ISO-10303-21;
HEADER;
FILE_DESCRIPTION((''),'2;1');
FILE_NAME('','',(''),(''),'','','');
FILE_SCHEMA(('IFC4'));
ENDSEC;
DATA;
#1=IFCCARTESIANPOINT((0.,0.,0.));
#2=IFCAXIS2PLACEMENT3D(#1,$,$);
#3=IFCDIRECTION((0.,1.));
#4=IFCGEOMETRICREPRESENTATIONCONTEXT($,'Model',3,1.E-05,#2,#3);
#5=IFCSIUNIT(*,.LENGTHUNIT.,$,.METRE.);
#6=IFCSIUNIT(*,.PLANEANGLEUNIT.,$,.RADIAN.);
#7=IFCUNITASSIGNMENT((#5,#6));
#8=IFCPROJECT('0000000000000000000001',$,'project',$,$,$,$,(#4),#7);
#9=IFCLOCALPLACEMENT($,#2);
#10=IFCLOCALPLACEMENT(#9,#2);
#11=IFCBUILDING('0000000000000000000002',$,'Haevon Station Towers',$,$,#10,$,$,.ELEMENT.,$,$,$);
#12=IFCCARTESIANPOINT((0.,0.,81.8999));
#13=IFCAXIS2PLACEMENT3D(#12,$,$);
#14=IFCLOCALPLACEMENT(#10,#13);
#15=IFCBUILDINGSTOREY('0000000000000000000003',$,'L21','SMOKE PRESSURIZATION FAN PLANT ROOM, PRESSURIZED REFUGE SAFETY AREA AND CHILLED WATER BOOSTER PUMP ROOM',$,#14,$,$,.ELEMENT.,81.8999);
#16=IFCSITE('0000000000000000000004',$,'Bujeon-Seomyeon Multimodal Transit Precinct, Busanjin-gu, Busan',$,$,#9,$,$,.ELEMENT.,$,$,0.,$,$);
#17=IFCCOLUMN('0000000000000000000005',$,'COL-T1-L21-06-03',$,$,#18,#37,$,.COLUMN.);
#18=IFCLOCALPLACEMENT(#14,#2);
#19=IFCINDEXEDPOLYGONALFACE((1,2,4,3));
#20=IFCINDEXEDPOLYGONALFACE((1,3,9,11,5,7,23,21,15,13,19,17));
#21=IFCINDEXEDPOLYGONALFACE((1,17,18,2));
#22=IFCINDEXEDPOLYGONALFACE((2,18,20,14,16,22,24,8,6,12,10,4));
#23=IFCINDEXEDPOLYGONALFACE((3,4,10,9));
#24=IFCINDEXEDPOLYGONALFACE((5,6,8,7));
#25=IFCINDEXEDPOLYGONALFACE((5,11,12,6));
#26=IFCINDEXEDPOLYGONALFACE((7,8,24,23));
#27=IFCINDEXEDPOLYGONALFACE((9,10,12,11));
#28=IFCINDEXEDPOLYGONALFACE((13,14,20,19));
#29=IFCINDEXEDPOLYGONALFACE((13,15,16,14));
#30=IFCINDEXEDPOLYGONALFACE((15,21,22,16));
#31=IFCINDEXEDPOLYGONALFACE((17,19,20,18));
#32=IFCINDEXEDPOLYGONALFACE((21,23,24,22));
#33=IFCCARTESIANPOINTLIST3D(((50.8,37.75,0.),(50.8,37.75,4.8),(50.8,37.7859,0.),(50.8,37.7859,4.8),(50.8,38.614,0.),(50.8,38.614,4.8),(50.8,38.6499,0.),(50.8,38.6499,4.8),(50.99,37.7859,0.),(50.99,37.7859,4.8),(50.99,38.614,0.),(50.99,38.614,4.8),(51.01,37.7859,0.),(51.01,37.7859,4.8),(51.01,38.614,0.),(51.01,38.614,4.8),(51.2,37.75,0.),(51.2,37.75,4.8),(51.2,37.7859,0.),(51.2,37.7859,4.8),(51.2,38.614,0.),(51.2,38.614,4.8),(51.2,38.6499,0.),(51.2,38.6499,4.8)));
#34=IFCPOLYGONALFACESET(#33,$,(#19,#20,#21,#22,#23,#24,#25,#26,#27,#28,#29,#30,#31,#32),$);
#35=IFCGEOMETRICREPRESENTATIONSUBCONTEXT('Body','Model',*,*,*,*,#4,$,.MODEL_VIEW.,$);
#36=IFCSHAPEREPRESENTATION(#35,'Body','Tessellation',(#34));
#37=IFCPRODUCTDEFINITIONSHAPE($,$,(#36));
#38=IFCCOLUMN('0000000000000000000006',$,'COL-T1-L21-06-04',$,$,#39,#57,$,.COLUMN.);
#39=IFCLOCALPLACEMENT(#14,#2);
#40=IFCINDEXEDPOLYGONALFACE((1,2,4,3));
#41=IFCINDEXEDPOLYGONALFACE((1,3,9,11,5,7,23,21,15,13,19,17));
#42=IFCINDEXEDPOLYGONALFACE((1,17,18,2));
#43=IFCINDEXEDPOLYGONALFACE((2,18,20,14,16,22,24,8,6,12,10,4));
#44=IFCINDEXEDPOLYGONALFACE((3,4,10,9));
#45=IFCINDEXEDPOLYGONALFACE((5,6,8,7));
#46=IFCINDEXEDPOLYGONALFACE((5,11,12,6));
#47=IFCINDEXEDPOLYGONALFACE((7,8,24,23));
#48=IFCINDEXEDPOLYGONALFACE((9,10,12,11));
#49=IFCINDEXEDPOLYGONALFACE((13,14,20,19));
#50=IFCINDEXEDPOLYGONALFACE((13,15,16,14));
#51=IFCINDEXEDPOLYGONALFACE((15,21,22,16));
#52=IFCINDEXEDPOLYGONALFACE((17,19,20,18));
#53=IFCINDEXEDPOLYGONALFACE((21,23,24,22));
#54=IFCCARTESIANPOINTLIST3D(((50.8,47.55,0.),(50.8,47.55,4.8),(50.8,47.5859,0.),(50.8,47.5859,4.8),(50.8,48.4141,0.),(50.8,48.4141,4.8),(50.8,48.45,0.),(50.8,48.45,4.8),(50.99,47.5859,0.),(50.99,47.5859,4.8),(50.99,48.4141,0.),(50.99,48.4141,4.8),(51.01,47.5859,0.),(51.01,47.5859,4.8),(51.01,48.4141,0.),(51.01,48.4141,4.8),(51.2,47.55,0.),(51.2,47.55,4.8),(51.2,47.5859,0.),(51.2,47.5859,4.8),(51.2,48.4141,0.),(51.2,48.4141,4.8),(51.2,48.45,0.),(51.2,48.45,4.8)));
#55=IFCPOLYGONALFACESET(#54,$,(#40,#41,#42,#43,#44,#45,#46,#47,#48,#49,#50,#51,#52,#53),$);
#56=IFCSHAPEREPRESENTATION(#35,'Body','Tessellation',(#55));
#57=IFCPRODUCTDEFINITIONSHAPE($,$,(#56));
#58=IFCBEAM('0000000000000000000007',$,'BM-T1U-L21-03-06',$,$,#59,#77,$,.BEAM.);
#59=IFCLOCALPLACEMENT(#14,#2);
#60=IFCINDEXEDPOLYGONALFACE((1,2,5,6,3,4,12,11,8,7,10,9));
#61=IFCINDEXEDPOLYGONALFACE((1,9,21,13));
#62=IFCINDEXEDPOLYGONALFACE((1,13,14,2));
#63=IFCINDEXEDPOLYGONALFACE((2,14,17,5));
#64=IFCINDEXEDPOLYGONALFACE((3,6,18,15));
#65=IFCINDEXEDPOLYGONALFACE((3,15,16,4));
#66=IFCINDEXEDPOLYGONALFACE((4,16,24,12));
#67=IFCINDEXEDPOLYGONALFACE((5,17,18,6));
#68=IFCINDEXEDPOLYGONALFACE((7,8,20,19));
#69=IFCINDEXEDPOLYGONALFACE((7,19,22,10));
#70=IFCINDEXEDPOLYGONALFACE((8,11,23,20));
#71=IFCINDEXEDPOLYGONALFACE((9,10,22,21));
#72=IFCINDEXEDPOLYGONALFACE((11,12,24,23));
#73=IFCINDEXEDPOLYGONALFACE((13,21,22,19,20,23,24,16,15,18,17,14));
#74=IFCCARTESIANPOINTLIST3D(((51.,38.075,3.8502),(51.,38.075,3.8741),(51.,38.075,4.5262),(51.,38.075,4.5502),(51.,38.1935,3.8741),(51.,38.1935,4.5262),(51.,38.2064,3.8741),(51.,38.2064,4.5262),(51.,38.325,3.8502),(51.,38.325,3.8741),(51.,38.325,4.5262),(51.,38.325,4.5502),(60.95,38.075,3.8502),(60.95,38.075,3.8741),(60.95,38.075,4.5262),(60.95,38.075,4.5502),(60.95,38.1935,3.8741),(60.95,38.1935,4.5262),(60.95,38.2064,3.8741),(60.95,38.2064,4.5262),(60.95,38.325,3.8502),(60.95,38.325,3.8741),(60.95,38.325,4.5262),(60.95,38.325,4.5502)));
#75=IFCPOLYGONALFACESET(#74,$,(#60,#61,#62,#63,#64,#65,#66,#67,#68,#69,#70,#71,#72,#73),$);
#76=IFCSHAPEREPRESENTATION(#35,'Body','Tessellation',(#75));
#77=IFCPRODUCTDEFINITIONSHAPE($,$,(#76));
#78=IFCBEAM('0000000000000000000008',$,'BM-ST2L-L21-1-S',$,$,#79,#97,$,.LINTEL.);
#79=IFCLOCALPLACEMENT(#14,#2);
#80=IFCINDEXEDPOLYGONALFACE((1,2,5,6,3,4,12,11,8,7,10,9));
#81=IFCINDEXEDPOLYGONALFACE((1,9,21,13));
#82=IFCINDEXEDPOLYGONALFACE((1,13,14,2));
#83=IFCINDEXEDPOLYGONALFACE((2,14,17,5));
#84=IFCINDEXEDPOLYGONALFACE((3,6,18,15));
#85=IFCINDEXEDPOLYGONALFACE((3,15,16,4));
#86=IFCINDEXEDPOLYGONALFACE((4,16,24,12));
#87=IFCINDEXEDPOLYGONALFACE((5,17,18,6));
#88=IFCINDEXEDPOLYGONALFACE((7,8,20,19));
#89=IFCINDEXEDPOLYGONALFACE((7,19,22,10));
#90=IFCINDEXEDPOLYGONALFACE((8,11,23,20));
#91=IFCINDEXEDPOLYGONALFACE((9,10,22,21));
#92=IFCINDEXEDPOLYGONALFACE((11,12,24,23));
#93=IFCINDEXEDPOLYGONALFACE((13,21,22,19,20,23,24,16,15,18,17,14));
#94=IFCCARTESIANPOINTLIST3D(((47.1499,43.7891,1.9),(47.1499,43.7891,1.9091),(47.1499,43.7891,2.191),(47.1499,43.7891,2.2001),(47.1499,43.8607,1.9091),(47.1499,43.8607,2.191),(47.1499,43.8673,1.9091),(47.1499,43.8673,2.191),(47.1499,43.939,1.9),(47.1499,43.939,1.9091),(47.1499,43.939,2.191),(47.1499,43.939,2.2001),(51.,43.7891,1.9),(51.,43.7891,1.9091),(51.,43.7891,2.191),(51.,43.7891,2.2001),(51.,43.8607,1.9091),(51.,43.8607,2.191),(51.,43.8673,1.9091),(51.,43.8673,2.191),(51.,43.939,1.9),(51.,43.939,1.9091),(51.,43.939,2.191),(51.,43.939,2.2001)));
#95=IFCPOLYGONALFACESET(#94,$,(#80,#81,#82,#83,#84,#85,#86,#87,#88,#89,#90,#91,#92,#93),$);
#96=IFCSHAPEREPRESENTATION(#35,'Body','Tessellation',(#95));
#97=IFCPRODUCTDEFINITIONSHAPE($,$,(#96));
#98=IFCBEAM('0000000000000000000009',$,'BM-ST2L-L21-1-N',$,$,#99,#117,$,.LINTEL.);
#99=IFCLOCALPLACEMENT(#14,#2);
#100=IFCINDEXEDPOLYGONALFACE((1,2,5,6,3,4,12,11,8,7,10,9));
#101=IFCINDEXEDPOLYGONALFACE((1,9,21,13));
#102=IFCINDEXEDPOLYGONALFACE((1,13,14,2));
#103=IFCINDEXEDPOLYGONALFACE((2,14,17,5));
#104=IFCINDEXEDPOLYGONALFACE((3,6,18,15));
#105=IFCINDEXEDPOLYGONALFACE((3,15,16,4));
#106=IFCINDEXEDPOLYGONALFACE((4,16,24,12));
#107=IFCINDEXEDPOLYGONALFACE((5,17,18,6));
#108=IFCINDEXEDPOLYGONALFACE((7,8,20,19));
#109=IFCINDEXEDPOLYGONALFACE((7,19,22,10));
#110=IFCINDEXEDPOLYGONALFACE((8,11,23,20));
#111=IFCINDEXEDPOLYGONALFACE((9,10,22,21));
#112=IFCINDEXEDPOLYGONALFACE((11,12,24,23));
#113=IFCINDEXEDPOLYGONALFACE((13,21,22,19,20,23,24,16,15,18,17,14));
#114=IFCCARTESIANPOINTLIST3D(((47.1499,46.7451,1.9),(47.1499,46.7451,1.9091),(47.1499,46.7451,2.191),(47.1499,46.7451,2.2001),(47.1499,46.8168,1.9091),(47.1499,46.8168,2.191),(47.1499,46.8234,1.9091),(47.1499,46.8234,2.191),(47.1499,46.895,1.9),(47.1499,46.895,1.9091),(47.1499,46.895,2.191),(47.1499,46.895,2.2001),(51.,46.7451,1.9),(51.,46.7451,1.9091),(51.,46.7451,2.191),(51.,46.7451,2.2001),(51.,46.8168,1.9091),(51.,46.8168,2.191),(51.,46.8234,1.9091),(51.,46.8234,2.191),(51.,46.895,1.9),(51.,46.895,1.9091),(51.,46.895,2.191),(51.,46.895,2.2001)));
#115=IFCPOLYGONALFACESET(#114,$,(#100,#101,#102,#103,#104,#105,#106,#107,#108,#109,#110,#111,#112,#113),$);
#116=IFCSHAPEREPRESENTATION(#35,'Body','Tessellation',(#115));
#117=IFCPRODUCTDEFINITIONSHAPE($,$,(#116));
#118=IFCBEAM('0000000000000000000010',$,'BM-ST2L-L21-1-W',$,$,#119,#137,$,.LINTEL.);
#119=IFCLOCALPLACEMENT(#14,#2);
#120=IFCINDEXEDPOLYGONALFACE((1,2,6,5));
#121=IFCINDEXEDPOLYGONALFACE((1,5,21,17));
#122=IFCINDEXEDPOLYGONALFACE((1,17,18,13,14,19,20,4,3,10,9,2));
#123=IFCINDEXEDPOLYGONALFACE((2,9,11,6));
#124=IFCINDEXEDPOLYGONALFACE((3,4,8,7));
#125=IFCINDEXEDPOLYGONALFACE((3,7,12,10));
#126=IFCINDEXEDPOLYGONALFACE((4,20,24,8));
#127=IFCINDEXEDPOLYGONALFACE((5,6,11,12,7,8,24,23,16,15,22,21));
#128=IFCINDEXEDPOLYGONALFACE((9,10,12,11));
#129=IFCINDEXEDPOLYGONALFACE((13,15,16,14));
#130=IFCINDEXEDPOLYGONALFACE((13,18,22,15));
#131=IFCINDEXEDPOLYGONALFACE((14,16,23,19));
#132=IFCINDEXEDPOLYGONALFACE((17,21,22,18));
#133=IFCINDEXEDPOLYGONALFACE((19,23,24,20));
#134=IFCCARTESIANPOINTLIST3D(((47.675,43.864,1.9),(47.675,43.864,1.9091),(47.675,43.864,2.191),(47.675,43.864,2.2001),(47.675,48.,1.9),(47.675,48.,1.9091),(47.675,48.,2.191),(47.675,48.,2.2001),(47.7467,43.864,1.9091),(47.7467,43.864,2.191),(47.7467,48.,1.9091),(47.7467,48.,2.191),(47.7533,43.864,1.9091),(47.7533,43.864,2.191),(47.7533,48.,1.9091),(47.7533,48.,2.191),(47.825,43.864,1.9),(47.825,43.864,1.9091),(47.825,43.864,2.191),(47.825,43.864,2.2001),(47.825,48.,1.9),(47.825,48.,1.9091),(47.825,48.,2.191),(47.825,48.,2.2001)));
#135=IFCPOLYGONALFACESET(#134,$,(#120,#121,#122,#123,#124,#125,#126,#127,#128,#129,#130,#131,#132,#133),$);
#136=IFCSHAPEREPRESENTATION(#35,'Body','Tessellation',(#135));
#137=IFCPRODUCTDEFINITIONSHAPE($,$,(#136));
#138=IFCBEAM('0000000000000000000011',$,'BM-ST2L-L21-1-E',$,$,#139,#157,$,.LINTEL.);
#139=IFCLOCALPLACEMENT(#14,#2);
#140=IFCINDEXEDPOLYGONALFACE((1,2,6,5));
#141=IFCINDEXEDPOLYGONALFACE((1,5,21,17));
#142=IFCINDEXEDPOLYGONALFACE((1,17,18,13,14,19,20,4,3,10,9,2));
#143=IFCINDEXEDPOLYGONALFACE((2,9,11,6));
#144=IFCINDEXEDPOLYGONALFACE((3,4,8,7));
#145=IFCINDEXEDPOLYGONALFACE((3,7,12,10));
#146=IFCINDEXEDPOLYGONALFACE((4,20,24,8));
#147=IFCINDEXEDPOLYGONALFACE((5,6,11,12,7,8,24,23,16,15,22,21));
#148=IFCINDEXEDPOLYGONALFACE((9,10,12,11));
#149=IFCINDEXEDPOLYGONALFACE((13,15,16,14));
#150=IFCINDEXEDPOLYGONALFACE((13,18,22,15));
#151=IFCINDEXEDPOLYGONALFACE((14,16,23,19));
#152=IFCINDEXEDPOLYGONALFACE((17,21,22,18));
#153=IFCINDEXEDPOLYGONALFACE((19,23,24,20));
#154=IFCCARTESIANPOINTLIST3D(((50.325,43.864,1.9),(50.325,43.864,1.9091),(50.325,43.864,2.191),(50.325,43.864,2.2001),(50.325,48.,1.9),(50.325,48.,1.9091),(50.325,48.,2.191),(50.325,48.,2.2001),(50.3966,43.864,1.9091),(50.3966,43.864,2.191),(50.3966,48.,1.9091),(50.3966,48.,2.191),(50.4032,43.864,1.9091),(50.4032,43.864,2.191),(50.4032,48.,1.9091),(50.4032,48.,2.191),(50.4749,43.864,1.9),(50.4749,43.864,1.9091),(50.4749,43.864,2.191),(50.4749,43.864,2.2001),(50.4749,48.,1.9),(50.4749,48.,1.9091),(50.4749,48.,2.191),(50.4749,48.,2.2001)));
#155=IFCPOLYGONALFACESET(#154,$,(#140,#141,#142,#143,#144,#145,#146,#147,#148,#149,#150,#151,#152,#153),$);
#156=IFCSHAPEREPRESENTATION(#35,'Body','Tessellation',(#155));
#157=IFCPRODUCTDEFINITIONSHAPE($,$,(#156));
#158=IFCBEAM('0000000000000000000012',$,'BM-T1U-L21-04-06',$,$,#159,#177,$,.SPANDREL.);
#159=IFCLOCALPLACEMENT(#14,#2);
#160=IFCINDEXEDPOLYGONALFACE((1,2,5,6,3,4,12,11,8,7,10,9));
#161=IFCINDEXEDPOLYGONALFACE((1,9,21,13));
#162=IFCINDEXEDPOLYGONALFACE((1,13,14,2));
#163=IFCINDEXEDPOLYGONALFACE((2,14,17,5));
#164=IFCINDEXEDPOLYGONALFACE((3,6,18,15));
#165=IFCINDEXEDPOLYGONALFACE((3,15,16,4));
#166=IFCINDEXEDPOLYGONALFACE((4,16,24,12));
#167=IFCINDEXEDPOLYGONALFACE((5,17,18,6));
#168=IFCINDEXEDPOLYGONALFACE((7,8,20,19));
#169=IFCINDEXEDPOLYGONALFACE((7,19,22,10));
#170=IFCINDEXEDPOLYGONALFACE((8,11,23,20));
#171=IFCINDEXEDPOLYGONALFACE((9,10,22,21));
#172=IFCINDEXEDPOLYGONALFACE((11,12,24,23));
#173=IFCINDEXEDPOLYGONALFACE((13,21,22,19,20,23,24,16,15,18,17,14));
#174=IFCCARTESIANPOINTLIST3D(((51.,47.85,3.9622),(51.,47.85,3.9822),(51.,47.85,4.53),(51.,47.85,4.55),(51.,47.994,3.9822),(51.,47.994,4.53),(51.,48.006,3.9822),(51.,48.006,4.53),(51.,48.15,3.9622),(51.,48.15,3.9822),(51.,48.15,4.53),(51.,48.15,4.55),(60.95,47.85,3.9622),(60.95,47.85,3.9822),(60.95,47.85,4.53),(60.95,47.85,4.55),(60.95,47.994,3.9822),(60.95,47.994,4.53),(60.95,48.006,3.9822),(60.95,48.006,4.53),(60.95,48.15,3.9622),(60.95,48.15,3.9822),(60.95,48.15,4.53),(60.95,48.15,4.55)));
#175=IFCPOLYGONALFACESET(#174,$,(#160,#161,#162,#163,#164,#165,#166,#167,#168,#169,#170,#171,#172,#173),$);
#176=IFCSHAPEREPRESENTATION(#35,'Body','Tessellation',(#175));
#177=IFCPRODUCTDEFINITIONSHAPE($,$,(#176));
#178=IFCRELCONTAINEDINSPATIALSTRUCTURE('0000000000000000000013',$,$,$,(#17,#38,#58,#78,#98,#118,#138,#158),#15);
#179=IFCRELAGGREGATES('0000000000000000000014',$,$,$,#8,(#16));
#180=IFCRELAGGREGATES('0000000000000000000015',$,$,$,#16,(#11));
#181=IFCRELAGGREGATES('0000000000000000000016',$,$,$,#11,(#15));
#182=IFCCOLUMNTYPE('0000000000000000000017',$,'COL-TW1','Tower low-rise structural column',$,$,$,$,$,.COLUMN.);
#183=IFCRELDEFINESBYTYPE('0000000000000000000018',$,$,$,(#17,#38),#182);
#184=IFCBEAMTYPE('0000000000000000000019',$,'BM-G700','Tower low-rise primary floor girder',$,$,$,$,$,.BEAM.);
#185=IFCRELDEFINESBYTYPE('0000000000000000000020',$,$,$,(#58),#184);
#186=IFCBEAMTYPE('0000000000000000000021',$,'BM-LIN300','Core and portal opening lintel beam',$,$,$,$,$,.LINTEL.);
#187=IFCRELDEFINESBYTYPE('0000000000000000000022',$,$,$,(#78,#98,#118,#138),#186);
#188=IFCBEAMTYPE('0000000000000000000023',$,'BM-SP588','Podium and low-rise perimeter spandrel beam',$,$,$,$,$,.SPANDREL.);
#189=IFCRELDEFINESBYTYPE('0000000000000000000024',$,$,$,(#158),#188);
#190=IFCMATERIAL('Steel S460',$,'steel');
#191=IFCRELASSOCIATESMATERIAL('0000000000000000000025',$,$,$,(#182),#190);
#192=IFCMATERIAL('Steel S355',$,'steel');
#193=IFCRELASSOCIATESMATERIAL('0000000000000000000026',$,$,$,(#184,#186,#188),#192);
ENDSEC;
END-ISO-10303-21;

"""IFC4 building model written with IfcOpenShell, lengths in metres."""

from ifc_helpers import new_model, si_unit, direction, frame, origin, origin_2d, place, context, subcontext, project, spatial, i_section, extrude, material, material_profile, profile_set, type_object, element, save


model = new_model("IFC4")

# Units and contexts
model_context = context("Model", 3, precision=1e-05, world=origin(), true_north=direction((0.0, 1.0)))
body_context = subcontext(model_context, "Body", "Model", "MODEL_VIEW")
ifc_project = project(units=[si_unit("LENGTHUNIT", "METRE"), si_unit("PLANEANGLEUNIT", "RADIAN")], contexts=[model_context])

# Site, building, storey
site_placement = place(None, origin())
site = spatial("IfcSite", under=ifc_project, at=site_placement, Name="Bujeon-Seomyeon Multimodal Transit Precinct, Busanjin-gu, Busan", CompositionType="ELEMENT", RefElevation=0.0)
building_placement = place(site_placement, origin())
building = spatial("IfcBuilding", under=site, at=building_placement, Name="Haevon Station Towers", CompositionType="ELEMENT")
storey_placement = place(building_placement, frame((0.0, 0.0, 81.8999)))
storey = spatial("IfcBuildingStorey", under=building, at=storey_placement, Name="L21", Description="SMOKE PRESSURIZATION FAN PLANT ROOM, PRESSURIZED REFUGE SAFETY AREA AND CHILLED WATER BOOSTER PUMP ROOM", CompositionType="ELEMENT", Elevation=81.8999)

# Columns
ifc_material_1 = material(Name="Steel S460", Category="steel")
ifc_material_profile_1 = material_profile(ifc_material_1, i_section(OverallWidth=0.3999, OverallDepth=0.8999, WebThickness=0.02, FlangeThickness=0.0359, at=origin_2d()), Name="H-900x400x20x36")
ifc_profile_set_1 = profile_set([ifc_material_profile_1], Name="Steel S460")
column_type = type_object("IfcColumnType", Name="COL-TW1", Description="Tower low-rise structural column", PredefinedType="COLUMN", material=ifc_profile_set_1)
for number, where, z_axis, x_axis, name in (
    (1, (51.0, 38.2, 0.0), (0.0, 0.0, 1.0), (1.0, 0.0, 0.0), "COL-T1-L21-06-03"),
    (2, (51.0, 48.0, 0.0), (0.0, 0.0, 1.0), (1.0, 0.0, 0.0), "COL-T1-L21-06-04"),
):
    element("IfcColumn", number, at=place(storey_placement, frame(where, z_axis=z_axis, x_axis=x_axis)), inside=storey, type_object=column_type, Name=name, PredefinedType="COLUMN", context=body_context, shape_type="SweptSolid", body=[
        extrude(i_section(OverallWidth=0.3999, OverallDepth=0.8999, WebThickness=0.02, FlangeThickness=0.0359, at=origin_2d()), origin(), (0.0, 0.0, 1.0), 4.8),
    ])

# Beams
ifc_material_2 = material(Name="Steel S355", Category="steel")
ifc_material_profile_2 = material_profile(ifc_material_2, i_section(OverallWidth=0.25, OverallDepth=0.7, WebThickness=0.0129, FlangeThickness=0.0239, at=origin_2d()), Name="H-700x250x13x24")
ifc_profile_set_2 = profile_set([ifc_material_profile_2], Name="Steel S355")
beam_type_1 = type_object("IfcBeamType", Name="BM-G700", Description="Tower low-rise primary floor girder", PredefinedType="BEAM", material=ifc_profile_set_2)
beam_1_placement = place(storey_placement, frame((51.0, 38.2, 4.2002), z_axis=(1.0, 0.0, 0.0), x_axis=(0.0, 1.0, 0.0)))
element("IfcBeam", 3, at=beam_1_placement, inside=storey, type_object=beam_type_1, Name="BM-T1U-L21-03-06", PredefinedType="BEAM", context=body_context, shape_type="SweptSolid", body=[
    extrude(i_section(OverallWidth=0.25, OverallDepth=0.7, WebThickness=0.0129, FlangeThickness=0.0239, at=origin_2d()), origin(), (0.0, 0.0, 1.0), 9.95),
])
ifc_material_profile_3 = material_profile(ifc_material_2, i_section(OverallWidth=0.1499, OverallDepth=0.3, WebThickness=0.0066, FlangeThickness=0.009, at=origin_2d()), Name="H-300x150x6.5x9")
ifc_profile_set_3 = profile_set([ifc_material_profile_3], Name="Steel S355")
beam_type_2 = type_object("IfcBeamType", Name="BM-LIN300", Description="Core and portal opening lintel beam", PredefinedType="LINTEL", material=ifc_profile_set_3)
for number, where, z_axis, x_axis, name in (
    (4, (47.1499, 43.864, 2.05), (1.0, 0.0, 0.0), (0.0, 1.0, 0.0), "BM-ST2L-L21-1-S"),
    (5, (47.1499, 46.8201, 2.05), (1.0, 0.0, 0.0), (0.0, 1.0, 0.0), "BM-ST2L-L21-1-N"),
):
    element("IfcBeam", number, at=place(storey_placement, frame(where, z_axis=z_axis, x_axis=x_axis)), inside=storey, type_object=beam_type_2, Name=name, PredefinedType="LINTEL", context=body_context, shape_type="SweptSolid", body=[
        extrude(i_section(OverallWidth=0.1499, OverallDepth=0.3, WebThickness=0.0066, FlangeThickness=0.009, at=origin_2d()), origin(), (0.0, 0.0, 1.0), 3.8501),
    ])
for number, where, z_axis, x_axis, name in (
    (6, (47.75, 43.864, 2.05), (0.0, 1.0, 0.0), (-1.0, 0.0, 0.0), "BM-ST2L-L21-1-W"),
    (7, (50.3999, 43.864, 2.05), (0.0, 1.0, 0.0), (-1.0, 0.0, 0.0), "BM-ST2L-L21-1-E"),
):
    element("IfcBeam", number, at=place(storey_placement, frame(where, z_axis=z_axis, x_axis=x_axis)), inside=storey, type_object=beam_type_2, Name=name, PredefinedType="LINTEL", context=body_context, shape_type="SweptSolid", body=[
        extrude(i_section(OverallWidth=0.1499, OverallDepth=0.3, WebThickness=0.0066, FlangeThickness=0.009, at=origin_2d()), origin(), (0.0, 0.0, 1.0), 4.136),
    ])
ifc_material_profile_4 = material_profile(ifc_material_2, i_section(OverallWidth=0.3, OverallDepth=0.5879, WebThickness=0.012, FlangeThickness=0.02, at=origin_2d()), Name="H-588x300x12x20")
ifc_profile_set_4 = profile_set([ifc_material_profile_4], Name="Steel S355")
beam_type_3 = type_object("IfcBeamType", Name="BM-SP588", Description="Podium and low-rise perimeter spandrel beam", PredefinedType="SPANDREL", material=ifc_profile_set_4)
beam_2_placement = place(storey_placement, frame((51.0, 48.0, 4.2561), z_axis=(1.0, 0.0, 0.0), x_axis=(0.0, 1.0, 0.0)))
element("IfcBeam", 8, at=beam_2_placement, inside=storey, type_object=beam_type_3, Name="BM-T1U-L21-04-06", PredefinedType="SPANDREL", context=body_context, shape_type="SweptSolid", body=[
    extrude(i_section(OverallWidth=0.3, OverallDepth=0.5879, WebThickness=0.012, FlangeThickness=0.02, at=origin_2d()), origin(), (0.0, 0.0, 1.0), 9.95),
])

save(model, "model.ifc")
